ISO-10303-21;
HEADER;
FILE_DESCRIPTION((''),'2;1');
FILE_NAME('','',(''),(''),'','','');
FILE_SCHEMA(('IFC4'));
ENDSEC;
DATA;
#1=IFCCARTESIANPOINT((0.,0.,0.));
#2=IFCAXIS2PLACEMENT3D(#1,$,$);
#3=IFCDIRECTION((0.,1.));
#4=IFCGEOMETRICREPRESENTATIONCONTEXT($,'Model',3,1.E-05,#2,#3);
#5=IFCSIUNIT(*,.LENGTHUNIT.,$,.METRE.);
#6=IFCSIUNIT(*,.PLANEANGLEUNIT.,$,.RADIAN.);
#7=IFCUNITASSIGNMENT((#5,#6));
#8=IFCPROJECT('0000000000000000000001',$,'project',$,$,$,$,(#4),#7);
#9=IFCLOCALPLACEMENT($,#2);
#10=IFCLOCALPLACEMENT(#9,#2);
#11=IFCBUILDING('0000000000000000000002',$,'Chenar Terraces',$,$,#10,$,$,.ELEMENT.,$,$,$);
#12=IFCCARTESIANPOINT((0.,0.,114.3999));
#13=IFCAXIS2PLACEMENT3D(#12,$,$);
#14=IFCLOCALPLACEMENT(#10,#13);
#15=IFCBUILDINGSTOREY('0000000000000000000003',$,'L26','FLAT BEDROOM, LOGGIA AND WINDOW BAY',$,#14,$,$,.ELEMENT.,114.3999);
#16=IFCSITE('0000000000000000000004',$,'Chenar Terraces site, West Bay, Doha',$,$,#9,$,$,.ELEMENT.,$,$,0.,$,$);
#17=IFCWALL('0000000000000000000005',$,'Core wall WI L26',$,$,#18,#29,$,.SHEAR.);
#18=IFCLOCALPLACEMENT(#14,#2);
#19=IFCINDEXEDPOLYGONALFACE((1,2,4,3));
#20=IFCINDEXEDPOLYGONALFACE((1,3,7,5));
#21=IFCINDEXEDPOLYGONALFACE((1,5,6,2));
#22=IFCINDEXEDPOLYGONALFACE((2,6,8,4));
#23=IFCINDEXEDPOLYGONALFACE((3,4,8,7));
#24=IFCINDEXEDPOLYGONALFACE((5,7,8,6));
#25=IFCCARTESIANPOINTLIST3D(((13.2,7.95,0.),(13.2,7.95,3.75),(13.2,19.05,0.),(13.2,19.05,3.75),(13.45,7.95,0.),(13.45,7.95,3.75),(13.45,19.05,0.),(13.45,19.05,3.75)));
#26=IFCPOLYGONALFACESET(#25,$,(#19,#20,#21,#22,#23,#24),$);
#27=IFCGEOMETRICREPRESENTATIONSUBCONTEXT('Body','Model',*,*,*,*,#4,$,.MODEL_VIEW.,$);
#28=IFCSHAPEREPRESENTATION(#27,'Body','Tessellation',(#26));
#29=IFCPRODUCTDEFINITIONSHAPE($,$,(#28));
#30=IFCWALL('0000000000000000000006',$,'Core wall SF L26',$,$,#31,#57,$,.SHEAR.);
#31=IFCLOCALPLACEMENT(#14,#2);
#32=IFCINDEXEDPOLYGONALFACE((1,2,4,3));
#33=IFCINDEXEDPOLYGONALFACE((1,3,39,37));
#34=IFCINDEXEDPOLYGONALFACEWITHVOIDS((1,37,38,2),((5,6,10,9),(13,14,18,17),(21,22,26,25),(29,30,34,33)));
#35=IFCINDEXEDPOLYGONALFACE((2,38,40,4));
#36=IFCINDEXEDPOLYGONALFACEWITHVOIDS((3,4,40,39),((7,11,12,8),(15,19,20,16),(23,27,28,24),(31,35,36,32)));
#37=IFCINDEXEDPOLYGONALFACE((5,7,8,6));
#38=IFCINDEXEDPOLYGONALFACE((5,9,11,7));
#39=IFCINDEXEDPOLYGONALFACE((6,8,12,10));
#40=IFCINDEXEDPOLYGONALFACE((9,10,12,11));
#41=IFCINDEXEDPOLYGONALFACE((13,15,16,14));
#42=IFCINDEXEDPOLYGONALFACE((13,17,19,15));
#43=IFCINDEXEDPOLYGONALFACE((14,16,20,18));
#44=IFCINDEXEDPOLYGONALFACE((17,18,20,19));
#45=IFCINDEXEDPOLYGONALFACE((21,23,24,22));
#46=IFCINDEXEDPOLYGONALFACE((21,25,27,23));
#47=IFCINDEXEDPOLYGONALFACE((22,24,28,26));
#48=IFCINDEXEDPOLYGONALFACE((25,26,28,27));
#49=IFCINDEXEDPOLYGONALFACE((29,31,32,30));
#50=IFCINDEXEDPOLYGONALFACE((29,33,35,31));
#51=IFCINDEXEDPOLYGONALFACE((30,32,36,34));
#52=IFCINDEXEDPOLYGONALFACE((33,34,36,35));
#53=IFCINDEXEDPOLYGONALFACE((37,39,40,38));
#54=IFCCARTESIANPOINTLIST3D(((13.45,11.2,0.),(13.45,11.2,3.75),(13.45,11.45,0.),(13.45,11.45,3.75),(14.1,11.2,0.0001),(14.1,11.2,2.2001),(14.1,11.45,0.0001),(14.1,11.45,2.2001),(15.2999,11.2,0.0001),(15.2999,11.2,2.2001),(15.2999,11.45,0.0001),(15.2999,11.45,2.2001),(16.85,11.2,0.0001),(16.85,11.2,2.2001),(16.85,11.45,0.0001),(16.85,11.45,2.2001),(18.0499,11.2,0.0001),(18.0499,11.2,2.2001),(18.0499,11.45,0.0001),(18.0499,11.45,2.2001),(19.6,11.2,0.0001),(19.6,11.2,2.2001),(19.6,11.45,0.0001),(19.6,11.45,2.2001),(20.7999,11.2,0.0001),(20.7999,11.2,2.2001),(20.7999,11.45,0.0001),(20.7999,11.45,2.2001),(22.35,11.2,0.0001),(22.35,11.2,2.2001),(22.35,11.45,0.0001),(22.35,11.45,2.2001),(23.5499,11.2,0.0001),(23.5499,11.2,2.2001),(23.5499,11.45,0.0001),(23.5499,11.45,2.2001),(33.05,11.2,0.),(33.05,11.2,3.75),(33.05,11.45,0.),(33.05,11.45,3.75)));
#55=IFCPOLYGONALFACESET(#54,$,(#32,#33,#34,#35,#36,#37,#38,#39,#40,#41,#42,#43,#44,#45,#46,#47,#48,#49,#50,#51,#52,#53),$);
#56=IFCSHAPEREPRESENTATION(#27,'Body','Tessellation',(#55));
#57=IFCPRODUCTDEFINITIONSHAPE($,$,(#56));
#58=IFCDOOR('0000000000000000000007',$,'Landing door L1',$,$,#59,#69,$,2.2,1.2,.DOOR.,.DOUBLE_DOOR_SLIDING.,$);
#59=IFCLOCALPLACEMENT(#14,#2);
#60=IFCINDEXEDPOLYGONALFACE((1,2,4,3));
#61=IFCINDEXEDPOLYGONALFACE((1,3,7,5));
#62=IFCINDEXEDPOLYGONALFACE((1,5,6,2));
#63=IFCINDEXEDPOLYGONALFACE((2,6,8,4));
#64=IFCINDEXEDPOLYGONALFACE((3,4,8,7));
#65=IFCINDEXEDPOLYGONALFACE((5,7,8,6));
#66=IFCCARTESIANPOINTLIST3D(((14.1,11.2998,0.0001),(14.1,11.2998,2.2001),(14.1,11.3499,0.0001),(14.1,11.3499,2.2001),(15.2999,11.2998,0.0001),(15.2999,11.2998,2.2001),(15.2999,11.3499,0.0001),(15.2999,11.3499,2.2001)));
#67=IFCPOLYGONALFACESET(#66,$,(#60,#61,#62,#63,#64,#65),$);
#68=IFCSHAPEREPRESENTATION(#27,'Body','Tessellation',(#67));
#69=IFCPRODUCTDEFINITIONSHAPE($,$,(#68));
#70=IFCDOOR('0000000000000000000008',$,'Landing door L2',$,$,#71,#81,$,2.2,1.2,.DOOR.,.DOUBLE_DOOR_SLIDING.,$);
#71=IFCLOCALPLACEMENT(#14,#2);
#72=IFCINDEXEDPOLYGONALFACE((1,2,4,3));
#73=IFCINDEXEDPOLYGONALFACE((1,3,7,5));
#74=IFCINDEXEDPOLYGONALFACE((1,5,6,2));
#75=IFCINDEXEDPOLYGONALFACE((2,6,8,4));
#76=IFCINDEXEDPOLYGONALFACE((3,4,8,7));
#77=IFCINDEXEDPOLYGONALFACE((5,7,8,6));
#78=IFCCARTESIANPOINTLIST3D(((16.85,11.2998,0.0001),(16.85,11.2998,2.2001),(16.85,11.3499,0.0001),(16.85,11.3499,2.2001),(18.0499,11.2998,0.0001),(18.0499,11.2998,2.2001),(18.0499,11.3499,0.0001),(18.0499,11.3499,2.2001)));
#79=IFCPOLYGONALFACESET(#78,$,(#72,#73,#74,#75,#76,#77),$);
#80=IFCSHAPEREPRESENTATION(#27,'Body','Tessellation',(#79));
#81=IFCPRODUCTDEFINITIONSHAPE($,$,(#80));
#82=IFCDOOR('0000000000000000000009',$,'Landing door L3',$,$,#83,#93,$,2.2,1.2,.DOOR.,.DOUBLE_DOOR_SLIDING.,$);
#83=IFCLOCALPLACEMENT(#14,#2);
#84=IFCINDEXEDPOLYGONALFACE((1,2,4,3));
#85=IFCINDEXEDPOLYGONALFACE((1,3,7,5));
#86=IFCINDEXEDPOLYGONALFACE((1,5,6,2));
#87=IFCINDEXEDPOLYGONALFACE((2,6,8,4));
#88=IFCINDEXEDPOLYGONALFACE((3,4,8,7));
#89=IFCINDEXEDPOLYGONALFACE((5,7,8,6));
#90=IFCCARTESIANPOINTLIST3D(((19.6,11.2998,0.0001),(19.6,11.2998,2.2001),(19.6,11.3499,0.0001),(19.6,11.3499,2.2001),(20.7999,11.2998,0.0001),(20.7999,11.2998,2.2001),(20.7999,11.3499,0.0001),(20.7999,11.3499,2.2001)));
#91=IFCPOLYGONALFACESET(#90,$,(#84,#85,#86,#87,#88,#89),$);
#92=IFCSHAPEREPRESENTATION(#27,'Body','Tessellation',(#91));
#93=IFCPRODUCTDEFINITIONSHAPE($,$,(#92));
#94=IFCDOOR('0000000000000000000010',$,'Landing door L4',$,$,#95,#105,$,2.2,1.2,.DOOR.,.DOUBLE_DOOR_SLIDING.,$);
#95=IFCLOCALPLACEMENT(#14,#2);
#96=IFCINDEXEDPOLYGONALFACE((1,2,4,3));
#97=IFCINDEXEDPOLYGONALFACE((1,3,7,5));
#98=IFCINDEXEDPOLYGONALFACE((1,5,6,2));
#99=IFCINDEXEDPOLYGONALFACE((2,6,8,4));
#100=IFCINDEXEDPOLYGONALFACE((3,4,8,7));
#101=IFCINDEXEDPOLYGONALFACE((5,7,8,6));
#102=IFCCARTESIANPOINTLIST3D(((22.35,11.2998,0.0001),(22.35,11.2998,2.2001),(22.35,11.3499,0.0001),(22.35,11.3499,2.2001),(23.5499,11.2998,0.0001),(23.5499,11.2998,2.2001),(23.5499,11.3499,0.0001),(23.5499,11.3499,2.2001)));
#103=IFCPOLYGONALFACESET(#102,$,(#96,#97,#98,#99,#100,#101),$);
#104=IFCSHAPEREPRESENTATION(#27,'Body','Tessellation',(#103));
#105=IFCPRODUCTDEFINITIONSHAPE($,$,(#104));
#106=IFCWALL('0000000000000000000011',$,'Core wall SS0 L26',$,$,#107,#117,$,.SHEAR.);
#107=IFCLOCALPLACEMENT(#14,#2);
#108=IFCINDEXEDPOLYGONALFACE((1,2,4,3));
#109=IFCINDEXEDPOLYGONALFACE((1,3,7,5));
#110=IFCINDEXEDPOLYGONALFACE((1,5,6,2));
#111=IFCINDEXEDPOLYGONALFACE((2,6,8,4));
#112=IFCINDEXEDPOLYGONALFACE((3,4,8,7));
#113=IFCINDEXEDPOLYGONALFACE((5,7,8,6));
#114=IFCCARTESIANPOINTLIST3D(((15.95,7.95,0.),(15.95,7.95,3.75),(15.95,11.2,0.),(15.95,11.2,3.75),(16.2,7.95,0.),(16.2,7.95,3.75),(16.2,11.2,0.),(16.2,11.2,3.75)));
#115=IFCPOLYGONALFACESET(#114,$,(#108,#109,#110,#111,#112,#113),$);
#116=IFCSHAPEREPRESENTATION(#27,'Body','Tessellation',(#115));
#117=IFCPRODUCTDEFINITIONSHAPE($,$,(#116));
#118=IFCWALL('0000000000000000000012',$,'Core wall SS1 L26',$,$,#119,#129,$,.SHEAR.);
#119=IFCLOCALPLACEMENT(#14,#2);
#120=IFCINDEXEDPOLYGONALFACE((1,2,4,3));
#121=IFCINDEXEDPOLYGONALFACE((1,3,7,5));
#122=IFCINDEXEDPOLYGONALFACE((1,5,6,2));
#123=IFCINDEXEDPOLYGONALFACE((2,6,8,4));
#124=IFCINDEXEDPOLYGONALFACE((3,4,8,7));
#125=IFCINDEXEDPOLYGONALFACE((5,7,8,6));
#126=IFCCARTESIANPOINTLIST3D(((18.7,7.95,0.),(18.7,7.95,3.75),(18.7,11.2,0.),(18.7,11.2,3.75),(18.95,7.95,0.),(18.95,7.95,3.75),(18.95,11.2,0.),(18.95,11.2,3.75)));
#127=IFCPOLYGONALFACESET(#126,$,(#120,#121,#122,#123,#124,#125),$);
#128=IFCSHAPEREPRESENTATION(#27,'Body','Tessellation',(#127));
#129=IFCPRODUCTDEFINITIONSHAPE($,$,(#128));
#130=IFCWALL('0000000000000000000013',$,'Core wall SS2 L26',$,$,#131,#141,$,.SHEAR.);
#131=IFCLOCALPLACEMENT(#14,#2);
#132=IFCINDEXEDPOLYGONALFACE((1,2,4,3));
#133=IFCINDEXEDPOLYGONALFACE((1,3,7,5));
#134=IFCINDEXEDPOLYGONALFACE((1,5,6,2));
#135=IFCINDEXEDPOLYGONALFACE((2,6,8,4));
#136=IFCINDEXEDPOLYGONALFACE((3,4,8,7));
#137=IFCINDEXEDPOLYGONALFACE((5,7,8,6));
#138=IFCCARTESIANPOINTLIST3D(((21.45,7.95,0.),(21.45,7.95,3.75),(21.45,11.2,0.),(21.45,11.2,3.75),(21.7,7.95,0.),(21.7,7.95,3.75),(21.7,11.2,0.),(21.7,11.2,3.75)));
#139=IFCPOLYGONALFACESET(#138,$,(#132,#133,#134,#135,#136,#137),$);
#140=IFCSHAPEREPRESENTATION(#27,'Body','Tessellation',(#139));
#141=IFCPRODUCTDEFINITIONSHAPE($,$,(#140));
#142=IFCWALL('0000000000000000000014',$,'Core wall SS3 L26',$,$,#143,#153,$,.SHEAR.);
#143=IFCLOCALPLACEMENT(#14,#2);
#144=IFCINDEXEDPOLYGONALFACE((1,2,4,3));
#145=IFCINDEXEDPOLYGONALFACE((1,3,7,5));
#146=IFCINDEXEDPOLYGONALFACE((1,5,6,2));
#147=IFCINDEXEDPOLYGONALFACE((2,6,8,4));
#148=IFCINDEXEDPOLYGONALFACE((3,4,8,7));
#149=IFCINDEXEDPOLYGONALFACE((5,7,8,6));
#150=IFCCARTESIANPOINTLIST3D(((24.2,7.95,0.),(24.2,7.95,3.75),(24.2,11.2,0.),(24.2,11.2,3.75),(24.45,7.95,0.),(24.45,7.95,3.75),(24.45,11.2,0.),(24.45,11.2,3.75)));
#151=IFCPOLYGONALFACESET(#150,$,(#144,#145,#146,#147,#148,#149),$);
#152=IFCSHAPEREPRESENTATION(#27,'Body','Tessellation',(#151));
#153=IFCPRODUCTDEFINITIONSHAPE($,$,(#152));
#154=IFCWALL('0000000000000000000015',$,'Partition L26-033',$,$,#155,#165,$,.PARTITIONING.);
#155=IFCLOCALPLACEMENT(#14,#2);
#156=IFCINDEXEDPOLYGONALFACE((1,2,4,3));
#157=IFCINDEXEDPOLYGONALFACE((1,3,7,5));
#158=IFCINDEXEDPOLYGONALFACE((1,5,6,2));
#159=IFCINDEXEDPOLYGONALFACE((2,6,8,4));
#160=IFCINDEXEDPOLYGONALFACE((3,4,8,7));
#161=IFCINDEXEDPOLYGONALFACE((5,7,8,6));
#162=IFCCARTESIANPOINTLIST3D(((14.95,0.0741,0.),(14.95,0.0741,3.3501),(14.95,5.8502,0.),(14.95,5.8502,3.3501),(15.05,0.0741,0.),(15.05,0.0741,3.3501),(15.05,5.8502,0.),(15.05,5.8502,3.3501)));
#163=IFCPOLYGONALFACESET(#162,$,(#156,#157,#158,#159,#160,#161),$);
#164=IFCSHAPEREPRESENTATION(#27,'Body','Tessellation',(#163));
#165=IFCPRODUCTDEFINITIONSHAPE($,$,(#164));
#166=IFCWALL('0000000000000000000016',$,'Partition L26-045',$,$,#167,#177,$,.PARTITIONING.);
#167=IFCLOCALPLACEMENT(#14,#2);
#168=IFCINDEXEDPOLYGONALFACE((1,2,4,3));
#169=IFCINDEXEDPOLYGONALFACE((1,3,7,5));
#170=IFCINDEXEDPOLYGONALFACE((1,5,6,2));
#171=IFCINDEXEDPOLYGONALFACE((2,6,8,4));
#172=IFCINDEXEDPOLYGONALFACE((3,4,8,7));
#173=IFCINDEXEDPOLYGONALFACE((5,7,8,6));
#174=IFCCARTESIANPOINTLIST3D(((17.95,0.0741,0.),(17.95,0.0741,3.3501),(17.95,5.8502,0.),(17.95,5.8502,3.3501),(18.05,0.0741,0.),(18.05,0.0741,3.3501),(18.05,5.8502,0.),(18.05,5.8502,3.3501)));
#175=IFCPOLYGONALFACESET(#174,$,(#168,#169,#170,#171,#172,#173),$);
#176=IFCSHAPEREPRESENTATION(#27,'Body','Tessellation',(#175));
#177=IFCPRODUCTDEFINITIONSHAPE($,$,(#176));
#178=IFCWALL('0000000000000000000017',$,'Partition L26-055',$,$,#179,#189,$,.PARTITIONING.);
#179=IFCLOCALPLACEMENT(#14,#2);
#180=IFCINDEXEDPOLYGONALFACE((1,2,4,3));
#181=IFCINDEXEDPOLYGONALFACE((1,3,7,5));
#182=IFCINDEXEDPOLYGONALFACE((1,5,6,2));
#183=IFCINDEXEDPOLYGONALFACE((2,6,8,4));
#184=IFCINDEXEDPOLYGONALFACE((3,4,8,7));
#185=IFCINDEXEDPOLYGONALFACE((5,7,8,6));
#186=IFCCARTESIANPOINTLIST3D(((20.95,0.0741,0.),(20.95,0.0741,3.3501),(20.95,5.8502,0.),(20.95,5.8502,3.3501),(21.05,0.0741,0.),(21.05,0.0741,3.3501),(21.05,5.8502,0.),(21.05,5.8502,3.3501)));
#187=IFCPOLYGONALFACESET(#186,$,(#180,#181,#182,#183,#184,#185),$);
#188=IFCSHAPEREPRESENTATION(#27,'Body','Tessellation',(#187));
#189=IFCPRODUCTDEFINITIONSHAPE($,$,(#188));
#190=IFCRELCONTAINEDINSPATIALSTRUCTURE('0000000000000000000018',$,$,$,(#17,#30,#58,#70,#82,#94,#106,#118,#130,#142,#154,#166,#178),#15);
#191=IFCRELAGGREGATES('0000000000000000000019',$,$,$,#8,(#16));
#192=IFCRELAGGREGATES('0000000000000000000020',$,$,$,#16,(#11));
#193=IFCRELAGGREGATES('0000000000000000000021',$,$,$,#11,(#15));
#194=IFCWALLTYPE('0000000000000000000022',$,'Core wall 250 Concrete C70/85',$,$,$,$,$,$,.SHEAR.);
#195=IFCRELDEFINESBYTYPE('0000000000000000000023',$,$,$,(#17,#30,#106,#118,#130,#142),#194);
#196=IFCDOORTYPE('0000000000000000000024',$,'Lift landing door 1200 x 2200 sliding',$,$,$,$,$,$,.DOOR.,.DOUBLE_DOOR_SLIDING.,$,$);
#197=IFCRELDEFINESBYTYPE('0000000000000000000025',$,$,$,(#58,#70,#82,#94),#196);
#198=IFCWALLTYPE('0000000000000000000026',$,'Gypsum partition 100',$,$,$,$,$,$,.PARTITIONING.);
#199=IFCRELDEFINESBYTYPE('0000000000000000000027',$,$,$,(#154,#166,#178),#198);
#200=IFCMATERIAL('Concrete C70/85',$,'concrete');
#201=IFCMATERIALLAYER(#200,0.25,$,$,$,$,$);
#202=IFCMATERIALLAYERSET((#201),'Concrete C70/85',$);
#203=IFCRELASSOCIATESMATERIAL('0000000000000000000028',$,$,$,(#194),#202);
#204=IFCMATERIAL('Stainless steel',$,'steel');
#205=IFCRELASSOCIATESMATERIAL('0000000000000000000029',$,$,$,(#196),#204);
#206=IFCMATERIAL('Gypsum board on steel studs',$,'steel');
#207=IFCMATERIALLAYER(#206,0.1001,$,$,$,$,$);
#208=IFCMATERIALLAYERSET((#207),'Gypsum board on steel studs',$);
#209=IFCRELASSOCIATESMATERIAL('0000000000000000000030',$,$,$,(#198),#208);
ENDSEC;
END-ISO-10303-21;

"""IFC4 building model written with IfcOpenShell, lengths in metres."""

from ifc_helpers import new_model, si_unit, direction, frame, frame_2d, origin, place, context, subcontext, project, spatial, rectangle, extrude, material, layer, layer_set, type_object, element, fill, save


model = new_model("IFC4")

# Units and contexts
model_context = context("Model", 3, precision=1e-05, world=origin(), true_north=direction((0.0, 1.0)))
body_context = subcontext(model_context, "Body", "Model", "MODEL_VIEW")
ifc_project = project(units=[si_unit("LENGTHUNIT", "METRE"), si_unit("PLANEANGLEUNIT", "RADIAN")], contexts=[model_context])

# Site, building, storey
site_placement = place(None, origin())
site = spatial("IfcSite", under=ifc_project, at=site_placement, Name="Chenar Terraces site, West Bay, Doha", CompositionType="ELEMENT", RefElevation=0.0)
building_placement = place(site_placement, origin())
building = spatial("IfcBuilding", under=site, at=building_placement, Name="Chenar Terraces", CompositionType="ELEMENT")
storey_placement = place(building_placement, frame((0.0, 0.0, 114.3999)))
storey = spatial("IfcBuildingStorey", under=building, at=storey_placement, Name="L26", Description="FLAT BEDROOM, LOGGIA AND WINDOW BAY", CompositionType="ELEMENT", Elevation=114.3999)

# Wall
ifc_material_1 = material(Name="Concrete C70/85", Category="concrete")
ifc_layer_1 = layer(ifc_material_1, 0.25)
ifc_layer_set_1 = layer_set([ifc_layer_1], Name="Concrete C70/85")
wall_type_1 = type_object("IfcWallType", Name="Core wall 250 Concrete C70/85", PredefinedType="SHEAR", material=ifc_layer_set_1)
wall_1_placement = place(storey_placement, frame((13.325, 7.95, 0.0), z_axis=(0.0, 0.0, 1.0), x_axis=(0.0, 1.0, 0.0)))
element("IfcWall", 1, at=wall_1_placement, inside=storey, type_object=wall_type_1, Name="Core wall WI L26", PredefinedType="SHEAR", context=body_context, shape_type="SweptSolid", body=[
    extrude(rectangle(XDim=11.1001, YDim=0.25, at=frame_2d((5.55, 0.0))), origin(), (0.0, 0.0, 1.0), 3.75),
])

# Wall, openings, doors
wall_2_placement = place(storey_placement, frame((13.45, 11.325, 0.0), z_axis=(0.0, 0.0, 1.0), x_axis=(1.0, 0.0, 0.0)))
wall_2 = element("IfcWall", 2, at=wall_2_placement, inside=storey, type_object=wall_type_1, Name="Core wall SF L26", PredefinedType="SHEAR", context=body_context, shape_type="SweptSolid", body=[
    extrude(rectangle(XDim=19.6001, YDim=0.25, at=frame_2d((9.8, 0.0))), origin(), (0.0, 0.0, 1.0), 3.75),
])
opening_1_placement = place(wall_2_placement, frame((0.6499, 0.0, 0.0)))
opening_1 = element("IfcOpeningElement", 3, at=opening_1_placement, cuts=wall_2, PredefinedType="OPENING", context=body_context, shape_type="SweptSolid", body=[
    extrude(rectangle(XDim=1.2, YDim=2.2, at=frame_2d((0.6001, 1.1001))), frame((0.0, 0.135, 0.0), z_axis=(0.0, -1.0, 0.0), x_axis=(1.0, 0.0, 0.0)), (0.0, 0.0, 1.0), 0.27),
])
opening_2_placement = place(wall_2_placement, frame((3.3999, 0.0, 0.0)))
opening_2 = element("IfcOpeningElement", 4, at=opening_2_placement, cuts=wall_2, PredefinedType="OPENING", context=body_context, shape_type="SweptSolid", body=[
    extrude(rectangle(XDim=1.2, YDim=2.2, at=frame_2d((0.6001, 1.1001))), frame((0.0, 0.135, 0.0), z_axis=(0.0, -1.0, 0.0), x_axis=(1.0, 0.0, 0.0)), (0.0, 0.0, 1.0), 0.27),
])
opening_3_placement = place(wall_2_placement, frame((6.1499, 0.0, 0.0)))
opening_3 = element("IfcOpeningElement", 5, at=opening_3_placement, cuts=wall_2, PredefinedType="OPENING", context=body_context, shape_type="SweptSolid", body=[
    extrude(rectangle(XDim=1.2, YDim=2.2, at=frame_2d((0.6001, 1.1001))), frame((0.0, 0.135, 0.0), z_axis=(0.0, -1.0, 0.0), x_axis=(1.0, 0.0, 0.0)), (0.0, 0.0, 1.0), 0.27),
])
opening_4_placement = place(wall_2_placement, frame((8.8999, 0.0, 0.0)))
opening_4 = element("IfcOpeningElement", 6, at=opening_4_placement, cuts=wall_2, PredefinedType="OPENING", context=body_context, shape_type="SweptSolid", body=[
    extrude(rectangle(XDim=1.2, YDim=2.2, at=frame_2d((0.6001, 1.1001))), frame((0.0, 0.135, 0.0), z_axis=(0.0, -1.0, 0.0), x_axis=(1.0, 0.0, 0.0)), (0.0, 0.0, 1.0), 0.27),
])
ifc_material_2 = material(Name="Stainless steel", Category="steel")
door_type_1 = type_object("IfcDoorType", Name="Lift landing door 1200 x 2200 sliding", OperationType="DOUBLE_DOOR_SLIDING", PredefinedType="DOOR", material=ifc_material_2)
door_1_placement = place(opening_1_placement, origin())
door_1 = element("IfcDoor", 7, at=door_1_placement, inside=storey, type_object=door_type_1, Name="Landing door L1", OperationType="DOUBLE_DOOR_SLIDING", OverallHeight=2.2, OverallWidth=1.2, PredefinedType="DOOR", context=body_context, shape_type="SweptSolid", body=[
    extrude(rectangle(XDim=1.2, YDim=2.2, at=frame_2d((0.6001, 1.1001))), frame((0.0, 0.0249, 0.0), z_axis=(0.0, -1.0, 0.0), x_axis=(1.0, 0.0, 0.0)), (0.0, 0.0, 1.0), 0.05),
])
fill(opening_1, door_1)
door_2_placement = place(opening_2_placement, origin())
door_2 = element("IfcDoor", 8, at=door_2_placement, inside=storey, type_object=door_type_1, Name="Landing door L2", OperationType="DOUBLE_DOOR_SLIDING", OverallHeight=2.2, OverallWidth=1.2, PredefinedType="DOOR", context=body_context, shape_type="SweptSolid", body=[
    extrude(rectangle(XDim=1.2, YDim=2.2, at=frame_2d((0.6001, 1.1001))), frame((0.0, 0.0249, 0.0), z_axis=(0.0, -1.0, 0.0), x_axis=(1.0, 0.0, 0.0)), (0.0, 0.0, 1.0), 0.05),
])
fill(opening_2, door_2)
door_3_placement = place(opening_3_placement, origin())
door_3 = element("IfcDoor", 9, at=door_3_placement, inside=storey, type_object=door_type_1, Name="Landing door L3", OperationType="DOUBLE_DOOR_SLIDING", OverallHeight=2.2, OverallWidth=1.2, PredefinedType="DOOR", context=body_context, shape_type="SweptSolid", body=[
    extrude(rectangle(XDim=1.2, YDim=2.2, at=frame_2d((0.6001, 1.1001))), frame((0.0, 0.0249, 0.0), z_axis=(0.0, -1.0, 0.0), x_axis=(1.0, 0.0, 0.0)), (0.0, 0.0, 1.0), 0.05),
])
fill(opening_3, door_3)
door_4_placement = place(opening_4_placement, origin())
door_4 = element("IfcDoor", 10, at=door_4_placement, inside=storey, type_object=door_type_1, Name="Landing door L4", OperationType="DOUBLE_DOOR_SLIDING", OverallHeight=2.2, OverallWidth=1.2, PredefinedType="DOOR", context=body_context, shape_type="SweptSolid", body=[
    extrude(rectangle(XDim=1.2, YDim=2.2, at=frame_2d((0.6001, 1.1001))), frame((0.0, 0.0249, 0.0), z_axis=(0.0, -1.0, 0.0), x_axis=(1.0, 0.0, 0.0)), (0.0, 0.0, 1.0), 0.05),
])
fill(opening_4, door_4)

# Walls
for number, where, z_axis, x_axis, name in (
    (11, (16.075, 7.95, 0.0), (0.0, 0.0, 1.0), (0.0, 1.0, 0.0), "Core wall SS0 L26"),
    (12, (18.825, 7.95, 0.0), (0.0, 0.0, 1.0), (0.0, 1.0, 0.0), "Core wall SS1 L26"),
    (13, (21.575, 7.95, 0.0), (0.0, 0.0, 1.0), (0.0, 1.0, 0.0), "Core wall SS2 L26"),
    (14, (24.325, 7.95, 0.0), (0.0, 0.0, 1.0), (0.0, 1.0, 0.0), "Core wall SS3 L26"),
):
    element("IfcWall", number, at=place(storey_placement, frame(where, z_axis=z_axis, x_axis=x_axis)), inside=storey, type_object=wall_type_1, Name=name, PredefinedType="SHEAR", context=body_context, shape_type="SweptSolid", body=[
        extrude(rectangle(XDim=3.25, YDim=0.25, at=frame_2d((1.625, 0.0))), origin(), (0.0, 0.0, 1.0), 3.75),
    ])
ifc_material_3 = material(Name="Gypsum board on steel studs", Category="steel")
ifc_layer_2 = layer(ifc_material_3, 0.1001)
ifc_layer_set_2 = layer_set([ifc_layer_2], Name="Gypsum board on steel studs")
wall_type_2 = type_object("IfcWallType", Name="Gypsum partition 100", PredefinedType="PARTITIONING", material=ifc_layer_set_2)
for number, where, z_axis, x_axis, name in (
    (15, (15.0, 0.074, 0.0), (0.0, 0.0, 1.0), (0.0, 1.0, 0.0), "Partition L26-033"),
    (16, (18.0, 0.074, 0.0), (0.0, 0.0, 1.0), (0.0, 1.0, 0.0), "Partition L26-045"),
    (17, (21.0, 0.074, 0.0), (0.0, 0.0, 1.0), (0.0, 1.0, 0.0), "Partition L26-055"),
):
    element("IfcWall", number, at=place(storey_placement, frame(where, z_axis=z_axis, x_axis=x_axis)), inside=storey, type_object=wall_type_2, Name=name, PredefinedType="PARTITIONING", context=body_context, shape_type="SweptSolid", body=[
        extrude(rectangle(XDim=5.7761, YDim=0.1001, at=frame_2d((2.8882, 0.0))), origin(), (0.0, 0.0, 1.0), 3.3501),
    ])

save(model, "model.ifc")
